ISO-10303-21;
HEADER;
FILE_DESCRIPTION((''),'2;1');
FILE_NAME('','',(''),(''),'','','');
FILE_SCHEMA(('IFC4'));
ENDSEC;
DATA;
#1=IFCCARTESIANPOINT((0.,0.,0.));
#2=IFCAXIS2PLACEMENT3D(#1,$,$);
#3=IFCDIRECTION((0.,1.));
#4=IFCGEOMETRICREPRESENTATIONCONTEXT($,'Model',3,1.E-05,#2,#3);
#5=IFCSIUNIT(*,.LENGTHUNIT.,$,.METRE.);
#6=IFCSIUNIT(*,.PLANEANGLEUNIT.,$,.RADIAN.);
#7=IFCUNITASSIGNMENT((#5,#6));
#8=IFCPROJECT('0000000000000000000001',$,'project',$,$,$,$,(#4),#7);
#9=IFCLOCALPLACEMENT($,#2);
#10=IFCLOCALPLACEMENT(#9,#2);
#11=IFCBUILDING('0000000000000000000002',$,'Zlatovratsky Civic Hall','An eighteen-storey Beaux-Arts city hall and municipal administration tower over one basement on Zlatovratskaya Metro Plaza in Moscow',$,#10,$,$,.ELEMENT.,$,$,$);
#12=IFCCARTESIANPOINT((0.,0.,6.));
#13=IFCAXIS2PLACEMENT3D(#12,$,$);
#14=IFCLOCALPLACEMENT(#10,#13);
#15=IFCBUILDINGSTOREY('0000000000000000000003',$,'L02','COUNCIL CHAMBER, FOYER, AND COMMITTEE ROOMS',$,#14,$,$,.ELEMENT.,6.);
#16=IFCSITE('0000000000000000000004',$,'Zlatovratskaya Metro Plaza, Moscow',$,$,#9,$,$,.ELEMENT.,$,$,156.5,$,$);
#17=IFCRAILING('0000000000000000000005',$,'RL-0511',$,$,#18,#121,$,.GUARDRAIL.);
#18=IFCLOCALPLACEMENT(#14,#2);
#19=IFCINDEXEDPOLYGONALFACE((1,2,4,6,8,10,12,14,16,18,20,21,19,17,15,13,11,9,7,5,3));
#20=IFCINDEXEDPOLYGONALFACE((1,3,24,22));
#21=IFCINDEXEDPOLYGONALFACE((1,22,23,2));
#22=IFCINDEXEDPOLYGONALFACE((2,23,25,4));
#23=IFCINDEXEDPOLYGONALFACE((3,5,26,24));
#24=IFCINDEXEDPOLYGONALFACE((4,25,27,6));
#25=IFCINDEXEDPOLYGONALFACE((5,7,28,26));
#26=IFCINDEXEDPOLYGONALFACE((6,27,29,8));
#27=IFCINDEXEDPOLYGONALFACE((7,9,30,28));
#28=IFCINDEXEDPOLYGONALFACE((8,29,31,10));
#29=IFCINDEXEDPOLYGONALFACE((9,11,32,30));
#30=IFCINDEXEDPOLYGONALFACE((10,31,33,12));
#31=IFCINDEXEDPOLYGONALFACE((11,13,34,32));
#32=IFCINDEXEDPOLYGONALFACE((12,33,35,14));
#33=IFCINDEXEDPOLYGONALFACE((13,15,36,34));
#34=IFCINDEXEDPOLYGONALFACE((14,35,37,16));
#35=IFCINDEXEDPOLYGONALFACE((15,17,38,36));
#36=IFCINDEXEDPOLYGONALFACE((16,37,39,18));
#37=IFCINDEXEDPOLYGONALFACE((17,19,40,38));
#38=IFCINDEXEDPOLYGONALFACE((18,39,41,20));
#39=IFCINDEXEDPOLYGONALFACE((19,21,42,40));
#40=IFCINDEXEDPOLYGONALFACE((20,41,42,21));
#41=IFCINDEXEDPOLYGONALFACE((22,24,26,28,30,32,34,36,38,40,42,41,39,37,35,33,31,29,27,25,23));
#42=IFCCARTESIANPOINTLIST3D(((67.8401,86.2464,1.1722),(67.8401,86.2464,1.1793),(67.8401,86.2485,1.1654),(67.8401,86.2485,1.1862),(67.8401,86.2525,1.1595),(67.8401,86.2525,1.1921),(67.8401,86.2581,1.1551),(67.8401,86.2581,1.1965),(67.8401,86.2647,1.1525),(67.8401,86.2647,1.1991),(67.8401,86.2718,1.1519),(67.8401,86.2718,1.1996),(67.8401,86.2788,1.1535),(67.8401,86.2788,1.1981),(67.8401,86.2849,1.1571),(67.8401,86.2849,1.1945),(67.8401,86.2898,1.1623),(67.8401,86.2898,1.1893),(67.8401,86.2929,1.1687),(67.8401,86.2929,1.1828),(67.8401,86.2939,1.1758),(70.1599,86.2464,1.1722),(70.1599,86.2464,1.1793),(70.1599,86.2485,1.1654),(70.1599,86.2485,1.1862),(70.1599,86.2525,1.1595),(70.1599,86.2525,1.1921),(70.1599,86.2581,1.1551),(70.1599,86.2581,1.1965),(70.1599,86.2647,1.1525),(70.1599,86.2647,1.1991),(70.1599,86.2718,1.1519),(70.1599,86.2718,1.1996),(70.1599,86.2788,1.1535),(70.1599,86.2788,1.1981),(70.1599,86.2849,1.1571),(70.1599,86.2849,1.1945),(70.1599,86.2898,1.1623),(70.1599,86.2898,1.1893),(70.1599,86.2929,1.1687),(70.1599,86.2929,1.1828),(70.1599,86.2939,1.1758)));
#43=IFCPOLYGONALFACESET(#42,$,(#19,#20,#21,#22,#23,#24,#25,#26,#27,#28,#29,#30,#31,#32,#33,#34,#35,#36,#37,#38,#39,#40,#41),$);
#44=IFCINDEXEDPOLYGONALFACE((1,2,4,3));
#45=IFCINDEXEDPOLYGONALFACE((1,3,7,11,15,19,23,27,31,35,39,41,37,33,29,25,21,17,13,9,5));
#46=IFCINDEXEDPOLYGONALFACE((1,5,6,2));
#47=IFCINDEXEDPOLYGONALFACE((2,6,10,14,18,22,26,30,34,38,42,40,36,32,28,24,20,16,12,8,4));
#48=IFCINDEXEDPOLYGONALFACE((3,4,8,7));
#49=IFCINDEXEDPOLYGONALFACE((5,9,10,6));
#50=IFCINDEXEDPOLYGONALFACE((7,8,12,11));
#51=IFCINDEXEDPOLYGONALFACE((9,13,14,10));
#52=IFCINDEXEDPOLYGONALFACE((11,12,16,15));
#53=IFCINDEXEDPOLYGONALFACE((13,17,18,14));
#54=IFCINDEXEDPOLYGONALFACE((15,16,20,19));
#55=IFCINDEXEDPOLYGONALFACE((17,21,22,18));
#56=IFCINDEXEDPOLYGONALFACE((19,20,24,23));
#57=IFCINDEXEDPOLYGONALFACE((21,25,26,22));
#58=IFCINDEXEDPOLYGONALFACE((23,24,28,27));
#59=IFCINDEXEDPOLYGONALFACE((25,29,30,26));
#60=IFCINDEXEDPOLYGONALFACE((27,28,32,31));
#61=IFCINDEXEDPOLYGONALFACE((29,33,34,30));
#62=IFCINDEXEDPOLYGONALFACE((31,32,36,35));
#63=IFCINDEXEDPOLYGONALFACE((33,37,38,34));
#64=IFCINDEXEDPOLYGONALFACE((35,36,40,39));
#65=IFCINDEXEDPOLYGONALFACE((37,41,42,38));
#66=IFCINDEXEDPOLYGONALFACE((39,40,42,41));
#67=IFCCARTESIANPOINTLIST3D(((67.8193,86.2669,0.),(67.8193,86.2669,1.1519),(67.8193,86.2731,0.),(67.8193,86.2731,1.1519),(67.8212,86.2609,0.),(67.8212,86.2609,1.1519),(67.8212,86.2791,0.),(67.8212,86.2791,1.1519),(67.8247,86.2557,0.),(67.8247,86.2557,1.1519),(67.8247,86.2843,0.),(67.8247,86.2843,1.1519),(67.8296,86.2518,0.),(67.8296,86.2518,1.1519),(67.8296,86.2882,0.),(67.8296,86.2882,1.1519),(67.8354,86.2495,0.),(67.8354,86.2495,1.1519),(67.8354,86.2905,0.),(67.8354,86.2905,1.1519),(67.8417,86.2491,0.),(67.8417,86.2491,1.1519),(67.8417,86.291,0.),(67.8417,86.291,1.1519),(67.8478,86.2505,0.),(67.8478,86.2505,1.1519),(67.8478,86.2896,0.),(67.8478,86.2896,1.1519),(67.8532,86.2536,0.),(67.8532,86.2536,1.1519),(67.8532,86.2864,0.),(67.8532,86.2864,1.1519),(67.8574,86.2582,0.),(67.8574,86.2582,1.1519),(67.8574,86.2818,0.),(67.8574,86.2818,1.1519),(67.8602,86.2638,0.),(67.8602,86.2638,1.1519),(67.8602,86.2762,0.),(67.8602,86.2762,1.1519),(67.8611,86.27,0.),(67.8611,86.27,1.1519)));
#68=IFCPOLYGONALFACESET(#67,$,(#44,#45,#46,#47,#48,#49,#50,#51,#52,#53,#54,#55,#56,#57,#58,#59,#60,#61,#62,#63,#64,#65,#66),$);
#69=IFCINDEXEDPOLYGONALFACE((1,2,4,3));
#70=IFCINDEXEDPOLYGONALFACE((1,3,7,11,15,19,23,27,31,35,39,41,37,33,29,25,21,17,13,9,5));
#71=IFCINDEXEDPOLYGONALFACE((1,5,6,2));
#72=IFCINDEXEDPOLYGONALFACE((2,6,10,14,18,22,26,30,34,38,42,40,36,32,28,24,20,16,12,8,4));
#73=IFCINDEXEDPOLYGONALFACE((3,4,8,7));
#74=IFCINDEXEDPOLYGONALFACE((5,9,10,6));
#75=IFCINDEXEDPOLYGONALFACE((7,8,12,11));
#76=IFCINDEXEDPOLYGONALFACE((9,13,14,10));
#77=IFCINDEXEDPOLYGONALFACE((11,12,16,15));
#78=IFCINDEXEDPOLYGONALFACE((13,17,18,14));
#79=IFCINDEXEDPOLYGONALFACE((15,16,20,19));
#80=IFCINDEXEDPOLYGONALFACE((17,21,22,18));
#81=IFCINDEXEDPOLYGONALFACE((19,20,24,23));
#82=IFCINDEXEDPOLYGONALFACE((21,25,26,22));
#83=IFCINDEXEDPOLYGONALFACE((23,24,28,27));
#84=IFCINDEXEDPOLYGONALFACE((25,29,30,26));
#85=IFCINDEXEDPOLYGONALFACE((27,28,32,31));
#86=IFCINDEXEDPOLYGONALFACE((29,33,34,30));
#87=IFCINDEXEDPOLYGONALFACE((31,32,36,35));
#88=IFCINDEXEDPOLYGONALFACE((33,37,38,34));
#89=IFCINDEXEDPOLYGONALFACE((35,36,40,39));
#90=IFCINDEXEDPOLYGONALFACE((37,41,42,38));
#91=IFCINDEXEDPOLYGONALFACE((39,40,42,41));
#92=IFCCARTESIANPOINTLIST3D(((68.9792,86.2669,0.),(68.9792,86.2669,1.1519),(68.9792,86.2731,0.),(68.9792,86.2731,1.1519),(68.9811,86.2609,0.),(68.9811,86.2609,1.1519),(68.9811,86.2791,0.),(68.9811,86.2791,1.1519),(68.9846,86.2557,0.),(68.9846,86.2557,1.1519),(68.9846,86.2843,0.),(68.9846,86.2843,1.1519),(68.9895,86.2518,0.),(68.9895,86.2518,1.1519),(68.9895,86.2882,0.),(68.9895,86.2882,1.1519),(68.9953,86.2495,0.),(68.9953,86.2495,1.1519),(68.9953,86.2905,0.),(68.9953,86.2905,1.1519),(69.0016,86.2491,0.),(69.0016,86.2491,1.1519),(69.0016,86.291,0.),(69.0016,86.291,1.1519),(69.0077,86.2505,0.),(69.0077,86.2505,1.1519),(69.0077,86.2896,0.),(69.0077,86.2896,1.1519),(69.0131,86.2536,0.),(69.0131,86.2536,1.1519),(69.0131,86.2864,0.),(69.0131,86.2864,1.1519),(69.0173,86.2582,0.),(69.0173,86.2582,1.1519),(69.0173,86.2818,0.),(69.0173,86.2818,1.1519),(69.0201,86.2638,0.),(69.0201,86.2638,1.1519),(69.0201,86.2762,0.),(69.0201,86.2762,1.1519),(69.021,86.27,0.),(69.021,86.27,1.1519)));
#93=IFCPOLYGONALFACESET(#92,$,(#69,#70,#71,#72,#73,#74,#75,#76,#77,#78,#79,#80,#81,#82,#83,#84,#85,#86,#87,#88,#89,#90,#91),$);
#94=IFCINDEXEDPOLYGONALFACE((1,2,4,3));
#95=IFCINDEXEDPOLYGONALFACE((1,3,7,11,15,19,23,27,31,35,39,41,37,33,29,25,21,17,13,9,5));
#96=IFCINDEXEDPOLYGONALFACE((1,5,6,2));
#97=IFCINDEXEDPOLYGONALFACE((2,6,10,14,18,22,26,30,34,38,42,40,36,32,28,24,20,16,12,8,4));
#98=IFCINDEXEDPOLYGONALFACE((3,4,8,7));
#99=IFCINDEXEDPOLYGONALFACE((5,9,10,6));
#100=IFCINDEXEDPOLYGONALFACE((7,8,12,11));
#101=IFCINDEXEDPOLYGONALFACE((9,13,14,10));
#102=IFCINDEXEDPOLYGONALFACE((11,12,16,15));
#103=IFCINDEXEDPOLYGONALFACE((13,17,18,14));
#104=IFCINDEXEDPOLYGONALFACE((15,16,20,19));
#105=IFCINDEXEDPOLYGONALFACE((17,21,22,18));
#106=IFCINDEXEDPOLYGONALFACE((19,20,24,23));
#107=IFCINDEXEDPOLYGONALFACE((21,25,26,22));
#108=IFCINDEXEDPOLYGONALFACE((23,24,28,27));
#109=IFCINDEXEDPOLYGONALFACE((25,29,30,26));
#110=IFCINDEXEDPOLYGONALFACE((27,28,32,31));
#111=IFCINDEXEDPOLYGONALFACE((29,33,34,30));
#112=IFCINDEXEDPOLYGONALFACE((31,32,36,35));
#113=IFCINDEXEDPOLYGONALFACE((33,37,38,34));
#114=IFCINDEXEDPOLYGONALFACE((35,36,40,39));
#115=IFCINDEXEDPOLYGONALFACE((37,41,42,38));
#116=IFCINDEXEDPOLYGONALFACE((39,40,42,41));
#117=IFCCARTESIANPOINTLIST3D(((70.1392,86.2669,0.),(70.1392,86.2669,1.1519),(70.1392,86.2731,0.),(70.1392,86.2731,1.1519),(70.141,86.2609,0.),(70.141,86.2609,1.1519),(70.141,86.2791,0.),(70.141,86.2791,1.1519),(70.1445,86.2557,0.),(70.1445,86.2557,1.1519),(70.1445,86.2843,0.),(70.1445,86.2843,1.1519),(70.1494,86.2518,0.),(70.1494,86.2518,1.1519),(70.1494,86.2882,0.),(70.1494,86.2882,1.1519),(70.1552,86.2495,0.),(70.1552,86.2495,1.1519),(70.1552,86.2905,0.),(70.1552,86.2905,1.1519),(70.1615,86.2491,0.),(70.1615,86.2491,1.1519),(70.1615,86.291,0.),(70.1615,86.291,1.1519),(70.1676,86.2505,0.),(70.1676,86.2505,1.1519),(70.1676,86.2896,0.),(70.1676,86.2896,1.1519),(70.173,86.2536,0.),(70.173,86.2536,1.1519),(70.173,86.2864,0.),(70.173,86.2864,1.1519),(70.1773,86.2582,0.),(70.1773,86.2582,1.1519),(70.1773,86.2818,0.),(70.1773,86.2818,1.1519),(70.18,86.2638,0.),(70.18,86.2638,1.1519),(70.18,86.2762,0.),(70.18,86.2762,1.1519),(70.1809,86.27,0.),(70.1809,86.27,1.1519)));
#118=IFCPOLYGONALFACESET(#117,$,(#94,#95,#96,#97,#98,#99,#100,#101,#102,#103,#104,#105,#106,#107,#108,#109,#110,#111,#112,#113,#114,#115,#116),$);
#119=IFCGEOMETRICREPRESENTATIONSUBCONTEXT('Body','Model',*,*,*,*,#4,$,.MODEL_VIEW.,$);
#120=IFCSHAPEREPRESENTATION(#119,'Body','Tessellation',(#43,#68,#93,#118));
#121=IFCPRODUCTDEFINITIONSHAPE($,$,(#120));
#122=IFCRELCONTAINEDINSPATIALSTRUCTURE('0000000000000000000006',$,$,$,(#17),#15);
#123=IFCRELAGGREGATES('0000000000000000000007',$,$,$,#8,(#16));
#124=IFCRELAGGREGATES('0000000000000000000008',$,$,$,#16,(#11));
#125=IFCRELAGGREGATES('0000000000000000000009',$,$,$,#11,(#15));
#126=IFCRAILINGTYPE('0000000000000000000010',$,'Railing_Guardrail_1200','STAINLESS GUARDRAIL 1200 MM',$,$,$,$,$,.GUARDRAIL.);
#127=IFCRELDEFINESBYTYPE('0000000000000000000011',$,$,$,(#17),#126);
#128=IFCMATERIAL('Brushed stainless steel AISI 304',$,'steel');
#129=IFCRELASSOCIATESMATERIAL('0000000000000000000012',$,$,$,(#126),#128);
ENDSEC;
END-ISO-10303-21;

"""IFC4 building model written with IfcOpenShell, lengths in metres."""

from ifc_helpers import new_model, si_unit, direction, frame, origin, origin_2d, place, context, subcontext, project, spatial, circle, extrude, material, type_object, element, save


model = new_model("IFC4")

# Units and contexts
model_context = context("Model", 3, precision=1e-05, world=origin(), true_north=direction((0.0, 1.0)))
body_context = subcontext(model_context, "Body", "Model", "MODEL_VIEW")
ifc_project = project(units=[si_unit("LENGTHUNIT", "METRE"), si_unit("PLANEANGLEUNIT", "RADIAN")], contexts=[model_context])

# Site, building, storey
site_placement = place(None, origin())
site = spatial("IfcSite", under=ifc_project, at=site_placement, Name="Zlatovratskaya Metro Plaza, Moscow", CompositionType="ELEMENT", RefElevation=156.5)
building_placement = place(site_placement, origin())
building = spatial("IfcBuilding", under=site, at=building_placement, Name="Zlatovratsky Civic Hall", Description="An eighteen-storey Beaux-Arts city hall and municipal administration tower over one basement on Zlatovratskaya Metro Plaza in Moscow", CompositionType="ELEMENT")
storey_placement = place(building_placement, frame((0.0, 0.0, 6.0)))
storey = spatial("IfcBuildingStorey", under=building, at=storey_placement, Name="L02", Description="COUNCIL CHAMBER, FOYER, AND COMMITTEE ROOMS", CompositionType="ELEMENT", Elevation=6.0)

# Railing
ifc_material_1 = material(Name="Brushed stainless steel AISI 304", Category="steel")
railing_type_1 = type_object("IfcRailingType", Name="Railing_Guardrail_1200", Description="STAINLESS GUARDRAIL 1200 MM", PredefinedType="GUARDRAIL", material=ifc_material_1)
railing_1_placement = place(storey_placement, frame((67.8401, 86.27, 0.0)))
element("IfcRailing", 1, at=railing_1_placement, inside=storey, type_object=railing_type_1, Name="RL-0511", PredefinedType="GUARDRAIL", context=body_context, shape_type="SweptSolid", body=[
    extrude(circle(Radius=0.0239, at=origin_2d()), frame((0.0, 0.0, 1.1758), z_axis=(1.0, 0.0, 0.0), x_axis=(0.0, 1.0, 0.0)), (0.0, 0.0, 1.0), 2.3198),
    extrude(circle(Radius=0.021, at=origin_2d()), origin(), (0.0, 0.0, 1.0), 1.1519),
    extrude(circle(Radius=0.021, at=origin_2d()), frame((1.1599, 0.0, 0.0)), (0.0, 0.0, 1.0), 1.1519),
    extrude(circle(Radius=0.021, at=origin_2d()), frame((2.3198, 0.0, 0.0)), (0.0, 0.0, 1.0), 1.1519),
])

save(model, "model.ifc")
